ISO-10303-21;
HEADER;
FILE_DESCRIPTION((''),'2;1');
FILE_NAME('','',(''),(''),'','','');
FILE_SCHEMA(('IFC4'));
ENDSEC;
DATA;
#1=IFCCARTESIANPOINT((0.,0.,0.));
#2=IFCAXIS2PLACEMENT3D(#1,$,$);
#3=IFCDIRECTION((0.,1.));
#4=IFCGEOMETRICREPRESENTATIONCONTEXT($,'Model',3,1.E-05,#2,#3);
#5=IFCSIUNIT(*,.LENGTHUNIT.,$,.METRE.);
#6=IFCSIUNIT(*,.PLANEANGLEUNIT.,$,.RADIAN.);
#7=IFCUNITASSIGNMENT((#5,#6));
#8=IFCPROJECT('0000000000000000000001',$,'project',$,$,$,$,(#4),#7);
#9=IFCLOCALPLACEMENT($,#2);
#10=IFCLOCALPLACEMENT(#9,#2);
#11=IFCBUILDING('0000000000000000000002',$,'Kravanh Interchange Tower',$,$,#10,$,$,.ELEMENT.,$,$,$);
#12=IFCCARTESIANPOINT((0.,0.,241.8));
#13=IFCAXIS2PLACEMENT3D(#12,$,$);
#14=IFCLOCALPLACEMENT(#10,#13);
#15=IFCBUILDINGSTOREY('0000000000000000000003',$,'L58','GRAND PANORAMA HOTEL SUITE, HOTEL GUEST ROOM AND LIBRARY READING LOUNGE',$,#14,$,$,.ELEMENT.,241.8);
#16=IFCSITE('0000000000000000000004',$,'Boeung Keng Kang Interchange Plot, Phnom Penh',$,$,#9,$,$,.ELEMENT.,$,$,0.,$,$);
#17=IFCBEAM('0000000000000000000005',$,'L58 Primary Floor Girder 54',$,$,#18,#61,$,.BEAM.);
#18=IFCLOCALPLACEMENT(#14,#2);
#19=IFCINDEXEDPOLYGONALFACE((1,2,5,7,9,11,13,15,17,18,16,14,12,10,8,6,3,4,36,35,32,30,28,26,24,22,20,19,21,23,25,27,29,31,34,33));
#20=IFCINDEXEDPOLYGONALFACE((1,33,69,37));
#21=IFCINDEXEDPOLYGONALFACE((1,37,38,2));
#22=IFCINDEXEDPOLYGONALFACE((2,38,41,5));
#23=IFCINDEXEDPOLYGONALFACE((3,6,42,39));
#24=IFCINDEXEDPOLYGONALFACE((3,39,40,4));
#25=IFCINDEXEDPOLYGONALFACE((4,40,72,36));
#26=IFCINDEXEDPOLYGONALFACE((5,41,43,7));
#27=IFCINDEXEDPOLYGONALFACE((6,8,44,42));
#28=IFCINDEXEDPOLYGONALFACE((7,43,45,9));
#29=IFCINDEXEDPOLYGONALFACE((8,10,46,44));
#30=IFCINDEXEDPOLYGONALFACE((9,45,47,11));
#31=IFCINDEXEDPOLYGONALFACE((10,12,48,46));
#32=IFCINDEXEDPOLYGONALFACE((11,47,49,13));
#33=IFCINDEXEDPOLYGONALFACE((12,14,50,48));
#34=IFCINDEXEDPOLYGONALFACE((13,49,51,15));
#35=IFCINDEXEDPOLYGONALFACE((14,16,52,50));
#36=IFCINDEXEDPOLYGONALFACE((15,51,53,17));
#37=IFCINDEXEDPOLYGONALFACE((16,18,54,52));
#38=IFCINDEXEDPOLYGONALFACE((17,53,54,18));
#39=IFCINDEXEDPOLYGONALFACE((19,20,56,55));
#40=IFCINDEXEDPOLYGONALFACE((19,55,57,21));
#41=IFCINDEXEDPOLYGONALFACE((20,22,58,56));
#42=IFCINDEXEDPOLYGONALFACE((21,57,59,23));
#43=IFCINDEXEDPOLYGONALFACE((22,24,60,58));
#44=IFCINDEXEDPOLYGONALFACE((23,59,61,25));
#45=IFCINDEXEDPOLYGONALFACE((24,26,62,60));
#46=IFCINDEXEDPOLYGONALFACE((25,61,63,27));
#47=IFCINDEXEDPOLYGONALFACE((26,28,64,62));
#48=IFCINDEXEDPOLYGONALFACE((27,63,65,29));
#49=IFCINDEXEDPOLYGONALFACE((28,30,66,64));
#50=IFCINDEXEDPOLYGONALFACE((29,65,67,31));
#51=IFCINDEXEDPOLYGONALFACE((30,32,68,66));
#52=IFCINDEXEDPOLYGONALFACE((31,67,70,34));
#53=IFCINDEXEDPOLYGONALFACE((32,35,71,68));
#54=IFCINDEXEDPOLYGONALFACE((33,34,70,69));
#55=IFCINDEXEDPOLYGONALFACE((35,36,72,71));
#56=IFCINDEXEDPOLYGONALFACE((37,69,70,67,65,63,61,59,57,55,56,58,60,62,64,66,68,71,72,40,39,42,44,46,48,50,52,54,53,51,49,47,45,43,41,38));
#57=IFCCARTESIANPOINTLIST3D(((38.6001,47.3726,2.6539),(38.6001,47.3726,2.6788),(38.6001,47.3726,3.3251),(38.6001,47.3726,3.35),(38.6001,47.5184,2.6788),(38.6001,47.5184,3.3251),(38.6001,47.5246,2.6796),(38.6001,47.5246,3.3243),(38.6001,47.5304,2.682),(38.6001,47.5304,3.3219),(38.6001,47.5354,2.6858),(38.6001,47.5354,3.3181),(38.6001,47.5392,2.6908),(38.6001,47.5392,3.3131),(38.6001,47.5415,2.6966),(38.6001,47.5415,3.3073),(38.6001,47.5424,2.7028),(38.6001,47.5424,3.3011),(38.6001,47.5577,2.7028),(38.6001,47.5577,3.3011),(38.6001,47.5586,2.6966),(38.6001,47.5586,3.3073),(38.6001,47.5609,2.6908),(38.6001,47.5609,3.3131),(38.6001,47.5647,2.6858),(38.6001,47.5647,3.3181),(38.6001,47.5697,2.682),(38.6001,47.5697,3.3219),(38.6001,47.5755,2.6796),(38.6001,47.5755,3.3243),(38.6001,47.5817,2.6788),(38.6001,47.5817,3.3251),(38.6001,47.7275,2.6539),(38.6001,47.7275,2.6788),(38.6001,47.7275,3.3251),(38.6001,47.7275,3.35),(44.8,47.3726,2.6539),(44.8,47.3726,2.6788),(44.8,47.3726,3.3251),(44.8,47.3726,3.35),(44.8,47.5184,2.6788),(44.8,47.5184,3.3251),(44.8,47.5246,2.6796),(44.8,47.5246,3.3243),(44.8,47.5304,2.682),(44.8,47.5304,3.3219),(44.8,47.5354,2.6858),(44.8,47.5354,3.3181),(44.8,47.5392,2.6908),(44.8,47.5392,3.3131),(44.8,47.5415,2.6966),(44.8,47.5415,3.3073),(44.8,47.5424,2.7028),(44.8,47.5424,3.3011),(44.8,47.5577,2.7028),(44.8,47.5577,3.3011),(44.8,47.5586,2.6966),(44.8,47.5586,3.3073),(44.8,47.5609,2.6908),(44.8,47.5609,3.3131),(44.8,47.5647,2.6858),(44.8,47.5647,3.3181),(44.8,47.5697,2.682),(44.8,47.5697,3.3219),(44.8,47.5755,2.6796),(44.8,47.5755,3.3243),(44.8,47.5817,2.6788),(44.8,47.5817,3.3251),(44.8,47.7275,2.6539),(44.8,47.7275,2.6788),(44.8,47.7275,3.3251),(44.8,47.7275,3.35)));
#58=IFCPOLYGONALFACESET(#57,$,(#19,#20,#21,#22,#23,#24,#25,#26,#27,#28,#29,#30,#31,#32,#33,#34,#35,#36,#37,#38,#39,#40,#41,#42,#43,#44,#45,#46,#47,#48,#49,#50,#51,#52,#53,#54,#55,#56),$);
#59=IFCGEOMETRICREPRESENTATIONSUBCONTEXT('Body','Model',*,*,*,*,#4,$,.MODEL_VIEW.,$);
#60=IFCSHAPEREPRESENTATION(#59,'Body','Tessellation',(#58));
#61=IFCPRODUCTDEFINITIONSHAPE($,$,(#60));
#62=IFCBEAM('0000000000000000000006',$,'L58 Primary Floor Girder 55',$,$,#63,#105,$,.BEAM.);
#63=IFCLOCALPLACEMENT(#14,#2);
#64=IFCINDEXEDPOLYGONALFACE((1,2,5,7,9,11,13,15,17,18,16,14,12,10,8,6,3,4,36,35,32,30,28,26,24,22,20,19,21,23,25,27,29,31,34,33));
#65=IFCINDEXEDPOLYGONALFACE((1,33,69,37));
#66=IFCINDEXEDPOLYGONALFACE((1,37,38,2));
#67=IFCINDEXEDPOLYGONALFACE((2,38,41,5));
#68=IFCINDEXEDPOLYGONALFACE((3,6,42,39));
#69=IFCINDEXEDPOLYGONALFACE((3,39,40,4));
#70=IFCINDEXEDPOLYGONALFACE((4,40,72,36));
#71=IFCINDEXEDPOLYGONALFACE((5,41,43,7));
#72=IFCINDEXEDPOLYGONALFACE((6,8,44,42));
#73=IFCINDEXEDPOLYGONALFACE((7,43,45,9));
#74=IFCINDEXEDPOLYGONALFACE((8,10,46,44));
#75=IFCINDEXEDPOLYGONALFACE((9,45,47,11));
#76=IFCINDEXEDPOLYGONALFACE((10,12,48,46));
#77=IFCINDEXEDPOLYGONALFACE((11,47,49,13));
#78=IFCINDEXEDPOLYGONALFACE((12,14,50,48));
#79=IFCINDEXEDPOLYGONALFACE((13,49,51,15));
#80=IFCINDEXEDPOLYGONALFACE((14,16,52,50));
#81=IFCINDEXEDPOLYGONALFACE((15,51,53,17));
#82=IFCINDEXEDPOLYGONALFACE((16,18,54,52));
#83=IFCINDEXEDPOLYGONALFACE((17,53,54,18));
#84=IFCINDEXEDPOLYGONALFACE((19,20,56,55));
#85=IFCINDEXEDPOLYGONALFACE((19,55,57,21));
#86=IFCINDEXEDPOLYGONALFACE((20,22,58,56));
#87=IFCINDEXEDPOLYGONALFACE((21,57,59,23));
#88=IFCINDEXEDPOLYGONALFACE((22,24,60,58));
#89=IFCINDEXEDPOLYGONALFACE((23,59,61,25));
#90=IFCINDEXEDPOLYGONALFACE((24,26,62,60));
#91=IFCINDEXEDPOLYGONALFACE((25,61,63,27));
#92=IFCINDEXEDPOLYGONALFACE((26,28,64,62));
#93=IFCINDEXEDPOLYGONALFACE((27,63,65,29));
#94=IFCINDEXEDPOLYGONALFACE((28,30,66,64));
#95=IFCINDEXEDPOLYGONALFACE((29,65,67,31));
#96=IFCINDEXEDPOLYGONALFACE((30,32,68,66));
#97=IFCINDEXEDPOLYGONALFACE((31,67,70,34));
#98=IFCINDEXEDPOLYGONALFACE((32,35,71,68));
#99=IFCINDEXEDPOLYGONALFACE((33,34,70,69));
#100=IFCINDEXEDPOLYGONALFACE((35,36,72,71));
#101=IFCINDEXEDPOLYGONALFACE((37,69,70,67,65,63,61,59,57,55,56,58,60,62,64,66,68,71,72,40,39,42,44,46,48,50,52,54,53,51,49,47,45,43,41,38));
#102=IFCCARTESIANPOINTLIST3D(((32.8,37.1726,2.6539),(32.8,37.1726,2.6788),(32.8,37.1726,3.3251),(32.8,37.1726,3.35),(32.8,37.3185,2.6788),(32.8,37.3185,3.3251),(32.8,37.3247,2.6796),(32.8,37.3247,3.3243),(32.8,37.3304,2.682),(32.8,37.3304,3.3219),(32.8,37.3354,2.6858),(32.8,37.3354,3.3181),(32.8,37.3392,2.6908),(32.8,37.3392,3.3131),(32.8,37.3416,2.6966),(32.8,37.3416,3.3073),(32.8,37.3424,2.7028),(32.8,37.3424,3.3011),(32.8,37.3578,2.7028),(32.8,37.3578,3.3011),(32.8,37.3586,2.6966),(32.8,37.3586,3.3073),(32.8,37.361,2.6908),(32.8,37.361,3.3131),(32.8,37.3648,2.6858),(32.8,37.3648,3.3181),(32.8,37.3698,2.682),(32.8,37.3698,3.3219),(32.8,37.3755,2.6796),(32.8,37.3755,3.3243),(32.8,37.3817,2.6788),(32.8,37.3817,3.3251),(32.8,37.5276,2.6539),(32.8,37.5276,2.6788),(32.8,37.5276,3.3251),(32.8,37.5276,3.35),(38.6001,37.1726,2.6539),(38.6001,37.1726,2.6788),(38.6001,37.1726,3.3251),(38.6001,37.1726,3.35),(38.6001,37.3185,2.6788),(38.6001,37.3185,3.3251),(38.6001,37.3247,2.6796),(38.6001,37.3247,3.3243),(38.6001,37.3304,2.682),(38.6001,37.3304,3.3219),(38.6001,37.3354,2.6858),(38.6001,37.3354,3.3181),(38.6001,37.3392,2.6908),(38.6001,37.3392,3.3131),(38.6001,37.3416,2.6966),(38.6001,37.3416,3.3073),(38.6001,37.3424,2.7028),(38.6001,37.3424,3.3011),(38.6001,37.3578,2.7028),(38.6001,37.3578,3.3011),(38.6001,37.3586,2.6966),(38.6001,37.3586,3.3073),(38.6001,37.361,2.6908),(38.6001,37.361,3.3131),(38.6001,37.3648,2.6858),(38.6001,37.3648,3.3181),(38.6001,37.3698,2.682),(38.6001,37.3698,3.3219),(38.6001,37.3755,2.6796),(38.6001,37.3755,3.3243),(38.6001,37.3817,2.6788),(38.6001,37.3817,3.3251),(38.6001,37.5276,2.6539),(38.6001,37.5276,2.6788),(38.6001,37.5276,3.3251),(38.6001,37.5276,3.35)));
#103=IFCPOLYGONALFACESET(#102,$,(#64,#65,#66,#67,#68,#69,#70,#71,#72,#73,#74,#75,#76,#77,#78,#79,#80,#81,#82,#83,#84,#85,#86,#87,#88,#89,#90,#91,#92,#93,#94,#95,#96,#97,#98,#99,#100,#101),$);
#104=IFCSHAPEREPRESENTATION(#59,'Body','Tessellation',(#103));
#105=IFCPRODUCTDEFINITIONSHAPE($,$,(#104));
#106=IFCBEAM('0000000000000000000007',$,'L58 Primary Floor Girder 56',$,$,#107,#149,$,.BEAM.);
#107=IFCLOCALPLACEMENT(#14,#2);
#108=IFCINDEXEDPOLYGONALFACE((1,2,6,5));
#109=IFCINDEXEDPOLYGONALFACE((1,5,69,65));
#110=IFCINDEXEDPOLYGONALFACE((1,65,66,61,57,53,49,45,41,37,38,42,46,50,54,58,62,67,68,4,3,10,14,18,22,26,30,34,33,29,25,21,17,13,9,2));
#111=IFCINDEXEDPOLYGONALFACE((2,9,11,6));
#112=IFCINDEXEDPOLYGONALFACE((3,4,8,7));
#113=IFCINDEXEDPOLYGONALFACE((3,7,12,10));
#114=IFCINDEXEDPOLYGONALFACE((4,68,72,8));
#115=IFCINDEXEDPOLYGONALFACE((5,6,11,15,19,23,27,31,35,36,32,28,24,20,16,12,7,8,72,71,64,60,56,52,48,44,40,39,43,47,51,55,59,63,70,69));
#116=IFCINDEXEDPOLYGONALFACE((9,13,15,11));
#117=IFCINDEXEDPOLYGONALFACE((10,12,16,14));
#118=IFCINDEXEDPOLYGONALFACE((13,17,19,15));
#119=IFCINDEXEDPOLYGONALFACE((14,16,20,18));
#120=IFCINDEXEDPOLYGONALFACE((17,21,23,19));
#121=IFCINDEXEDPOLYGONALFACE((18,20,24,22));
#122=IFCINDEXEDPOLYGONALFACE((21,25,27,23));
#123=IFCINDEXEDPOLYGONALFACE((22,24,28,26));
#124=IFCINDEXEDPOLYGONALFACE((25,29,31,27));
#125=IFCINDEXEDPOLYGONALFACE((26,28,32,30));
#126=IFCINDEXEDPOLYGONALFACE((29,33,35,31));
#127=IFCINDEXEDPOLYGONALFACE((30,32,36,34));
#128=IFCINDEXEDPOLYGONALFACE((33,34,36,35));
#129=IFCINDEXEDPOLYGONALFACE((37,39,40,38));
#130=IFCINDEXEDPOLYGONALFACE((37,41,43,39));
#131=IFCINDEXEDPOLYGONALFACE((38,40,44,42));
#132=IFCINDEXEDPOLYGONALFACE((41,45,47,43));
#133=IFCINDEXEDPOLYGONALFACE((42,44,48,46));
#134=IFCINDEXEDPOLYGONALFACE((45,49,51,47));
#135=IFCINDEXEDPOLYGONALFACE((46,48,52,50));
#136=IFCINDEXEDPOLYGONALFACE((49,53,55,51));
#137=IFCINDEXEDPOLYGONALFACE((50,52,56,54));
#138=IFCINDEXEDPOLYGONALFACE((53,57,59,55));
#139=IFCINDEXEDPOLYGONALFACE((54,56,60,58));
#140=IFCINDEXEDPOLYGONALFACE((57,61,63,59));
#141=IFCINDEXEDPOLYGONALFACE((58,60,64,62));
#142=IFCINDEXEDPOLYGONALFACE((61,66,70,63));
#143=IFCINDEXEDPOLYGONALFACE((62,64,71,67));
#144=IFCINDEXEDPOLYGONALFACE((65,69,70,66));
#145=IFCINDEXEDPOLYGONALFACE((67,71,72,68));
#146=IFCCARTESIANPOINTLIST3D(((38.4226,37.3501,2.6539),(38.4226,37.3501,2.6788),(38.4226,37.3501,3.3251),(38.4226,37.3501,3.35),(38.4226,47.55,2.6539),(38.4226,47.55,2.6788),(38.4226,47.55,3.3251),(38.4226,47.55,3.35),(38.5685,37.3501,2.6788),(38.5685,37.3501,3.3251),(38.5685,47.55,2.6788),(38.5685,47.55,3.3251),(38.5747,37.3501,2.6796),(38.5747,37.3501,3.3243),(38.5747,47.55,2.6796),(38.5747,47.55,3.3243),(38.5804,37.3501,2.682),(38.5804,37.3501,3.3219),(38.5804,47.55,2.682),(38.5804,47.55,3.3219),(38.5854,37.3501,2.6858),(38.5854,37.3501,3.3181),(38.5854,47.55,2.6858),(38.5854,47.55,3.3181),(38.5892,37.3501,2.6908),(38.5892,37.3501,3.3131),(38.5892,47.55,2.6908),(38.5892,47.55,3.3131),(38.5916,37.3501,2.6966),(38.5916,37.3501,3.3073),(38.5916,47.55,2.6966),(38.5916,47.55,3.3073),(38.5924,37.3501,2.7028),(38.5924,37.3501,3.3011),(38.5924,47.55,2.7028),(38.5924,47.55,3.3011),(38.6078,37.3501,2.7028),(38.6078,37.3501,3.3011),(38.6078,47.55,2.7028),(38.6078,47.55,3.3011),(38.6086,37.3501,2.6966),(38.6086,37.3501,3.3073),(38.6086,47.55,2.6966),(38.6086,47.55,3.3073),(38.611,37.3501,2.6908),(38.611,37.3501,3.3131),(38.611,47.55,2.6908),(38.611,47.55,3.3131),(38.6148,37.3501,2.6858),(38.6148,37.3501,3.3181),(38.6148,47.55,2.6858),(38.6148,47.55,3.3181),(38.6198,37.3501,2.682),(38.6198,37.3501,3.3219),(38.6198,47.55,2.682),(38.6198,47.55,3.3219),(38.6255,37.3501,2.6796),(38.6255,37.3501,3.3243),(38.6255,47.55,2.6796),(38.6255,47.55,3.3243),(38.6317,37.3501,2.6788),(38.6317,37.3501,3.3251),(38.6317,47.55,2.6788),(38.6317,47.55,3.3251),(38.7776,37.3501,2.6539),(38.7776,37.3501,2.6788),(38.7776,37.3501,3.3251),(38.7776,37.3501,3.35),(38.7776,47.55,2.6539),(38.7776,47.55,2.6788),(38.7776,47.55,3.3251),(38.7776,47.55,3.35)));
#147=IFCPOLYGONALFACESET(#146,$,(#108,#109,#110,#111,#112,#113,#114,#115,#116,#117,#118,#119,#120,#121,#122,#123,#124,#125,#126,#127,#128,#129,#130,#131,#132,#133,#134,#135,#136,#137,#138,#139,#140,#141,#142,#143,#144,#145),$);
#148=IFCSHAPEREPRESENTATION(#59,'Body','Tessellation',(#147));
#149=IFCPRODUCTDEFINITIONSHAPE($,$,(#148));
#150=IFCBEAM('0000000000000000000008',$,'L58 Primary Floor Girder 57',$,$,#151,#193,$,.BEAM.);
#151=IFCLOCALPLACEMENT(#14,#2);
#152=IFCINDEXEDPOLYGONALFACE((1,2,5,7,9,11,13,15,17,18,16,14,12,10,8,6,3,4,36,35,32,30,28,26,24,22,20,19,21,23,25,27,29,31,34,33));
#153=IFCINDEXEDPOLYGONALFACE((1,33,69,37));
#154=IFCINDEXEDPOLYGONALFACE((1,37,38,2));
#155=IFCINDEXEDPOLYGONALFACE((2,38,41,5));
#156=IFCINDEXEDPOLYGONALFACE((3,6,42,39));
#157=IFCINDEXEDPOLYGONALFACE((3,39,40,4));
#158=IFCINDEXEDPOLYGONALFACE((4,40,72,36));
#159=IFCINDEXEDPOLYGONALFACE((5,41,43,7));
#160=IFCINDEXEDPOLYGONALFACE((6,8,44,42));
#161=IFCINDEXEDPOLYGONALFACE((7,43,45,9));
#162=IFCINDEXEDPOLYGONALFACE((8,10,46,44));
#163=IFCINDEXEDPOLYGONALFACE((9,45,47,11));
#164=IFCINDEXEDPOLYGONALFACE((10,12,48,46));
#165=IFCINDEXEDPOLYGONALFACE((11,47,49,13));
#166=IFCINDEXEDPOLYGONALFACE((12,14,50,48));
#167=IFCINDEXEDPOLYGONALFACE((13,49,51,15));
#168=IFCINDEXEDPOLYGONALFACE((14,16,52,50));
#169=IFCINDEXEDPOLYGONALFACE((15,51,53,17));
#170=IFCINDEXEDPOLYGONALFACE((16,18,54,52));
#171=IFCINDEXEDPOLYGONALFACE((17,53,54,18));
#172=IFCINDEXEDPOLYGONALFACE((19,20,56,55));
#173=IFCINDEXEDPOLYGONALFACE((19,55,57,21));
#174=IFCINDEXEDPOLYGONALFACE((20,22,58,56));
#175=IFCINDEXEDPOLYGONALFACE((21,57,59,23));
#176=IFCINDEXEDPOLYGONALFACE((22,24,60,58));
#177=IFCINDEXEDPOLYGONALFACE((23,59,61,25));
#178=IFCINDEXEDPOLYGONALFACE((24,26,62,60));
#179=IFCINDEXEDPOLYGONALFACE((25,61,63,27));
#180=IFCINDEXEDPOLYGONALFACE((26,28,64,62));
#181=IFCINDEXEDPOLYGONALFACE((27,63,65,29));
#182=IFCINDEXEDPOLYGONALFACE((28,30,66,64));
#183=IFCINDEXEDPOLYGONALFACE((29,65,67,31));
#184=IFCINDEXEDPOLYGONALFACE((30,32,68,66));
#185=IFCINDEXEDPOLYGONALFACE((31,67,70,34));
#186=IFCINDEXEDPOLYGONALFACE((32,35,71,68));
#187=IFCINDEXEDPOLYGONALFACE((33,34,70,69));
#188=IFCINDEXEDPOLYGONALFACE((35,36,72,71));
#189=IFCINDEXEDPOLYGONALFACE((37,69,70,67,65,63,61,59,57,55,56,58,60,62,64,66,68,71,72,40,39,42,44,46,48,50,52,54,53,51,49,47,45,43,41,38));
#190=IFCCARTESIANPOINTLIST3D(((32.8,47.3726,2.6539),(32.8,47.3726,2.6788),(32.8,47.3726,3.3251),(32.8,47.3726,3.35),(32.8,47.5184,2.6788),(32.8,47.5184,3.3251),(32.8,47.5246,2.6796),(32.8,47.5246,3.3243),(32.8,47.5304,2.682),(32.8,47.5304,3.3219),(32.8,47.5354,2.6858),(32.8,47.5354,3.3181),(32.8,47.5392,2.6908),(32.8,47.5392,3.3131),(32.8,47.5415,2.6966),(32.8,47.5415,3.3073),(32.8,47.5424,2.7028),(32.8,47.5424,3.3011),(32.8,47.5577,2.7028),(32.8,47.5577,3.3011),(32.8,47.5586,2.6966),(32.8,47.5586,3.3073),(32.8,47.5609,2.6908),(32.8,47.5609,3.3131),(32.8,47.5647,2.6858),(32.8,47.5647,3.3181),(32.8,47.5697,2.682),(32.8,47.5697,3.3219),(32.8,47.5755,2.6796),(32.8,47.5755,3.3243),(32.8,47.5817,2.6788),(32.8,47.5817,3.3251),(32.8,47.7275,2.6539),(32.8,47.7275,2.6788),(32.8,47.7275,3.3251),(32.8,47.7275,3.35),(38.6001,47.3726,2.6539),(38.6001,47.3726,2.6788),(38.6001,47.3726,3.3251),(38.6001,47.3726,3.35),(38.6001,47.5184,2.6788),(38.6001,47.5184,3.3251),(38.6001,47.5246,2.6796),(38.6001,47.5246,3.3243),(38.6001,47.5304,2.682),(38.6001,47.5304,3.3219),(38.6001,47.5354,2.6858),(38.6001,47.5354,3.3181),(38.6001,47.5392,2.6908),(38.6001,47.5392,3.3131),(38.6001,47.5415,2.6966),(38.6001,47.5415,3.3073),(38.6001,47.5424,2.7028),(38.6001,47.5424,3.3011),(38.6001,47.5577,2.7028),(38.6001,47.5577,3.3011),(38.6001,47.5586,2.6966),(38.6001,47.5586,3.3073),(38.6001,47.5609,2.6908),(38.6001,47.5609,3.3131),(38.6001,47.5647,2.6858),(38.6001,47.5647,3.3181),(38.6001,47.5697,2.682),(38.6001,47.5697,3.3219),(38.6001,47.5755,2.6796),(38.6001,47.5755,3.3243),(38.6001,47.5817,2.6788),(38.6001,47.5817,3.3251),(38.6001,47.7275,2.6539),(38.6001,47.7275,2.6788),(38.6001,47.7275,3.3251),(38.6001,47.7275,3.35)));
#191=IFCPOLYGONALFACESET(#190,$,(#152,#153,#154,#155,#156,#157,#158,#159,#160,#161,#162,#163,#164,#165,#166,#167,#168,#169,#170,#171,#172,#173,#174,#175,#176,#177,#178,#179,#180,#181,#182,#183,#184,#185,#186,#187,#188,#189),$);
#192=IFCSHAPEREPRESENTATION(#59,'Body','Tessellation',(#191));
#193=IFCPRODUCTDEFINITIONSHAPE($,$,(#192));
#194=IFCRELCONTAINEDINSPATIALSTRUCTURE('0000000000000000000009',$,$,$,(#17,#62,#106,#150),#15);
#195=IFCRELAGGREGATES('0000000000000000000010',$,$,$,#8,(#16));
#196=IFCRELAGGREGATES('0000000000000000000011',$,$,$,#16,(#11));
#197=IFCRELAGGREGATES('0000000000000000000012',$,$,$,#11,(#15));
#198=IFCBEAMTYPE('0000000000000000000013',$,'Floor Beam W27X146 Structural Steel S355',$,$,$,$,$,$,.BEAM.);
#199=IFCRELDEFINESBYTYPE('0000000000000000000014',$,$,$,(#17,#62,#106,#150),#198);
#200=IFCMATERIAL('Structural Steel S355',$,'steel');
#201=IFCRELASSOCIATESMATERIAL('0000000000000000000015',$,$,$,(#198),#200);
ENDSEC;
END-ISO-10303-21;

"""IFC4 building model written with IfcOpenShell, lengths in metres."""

from ifc_helpers import new_model, si_unit, direction, frame, origin, origin_2d, place, context, subcontext, project, spatial, i_section, extrude, material, material_profile, profile_set, type_object, element, save


model = new_model("IFC4")

# Units and contexts
model_context = context("Model", 3, precision=1e-05, world=origin(), true_north=direction((0.0, 1.0)))
body_context = subcontext(model_context, "Body", "Model", "MODEL_VIEW")
ifc_project = project(units=[si_unit("LENGTHUNIT", "METRE"), si_unit("PLANEANGLEUNIT", "RADIAN")], contexts=[model_context])

# Site, building, storey
site_placement = place(None, origin())
site = spatial("IfcSite", under=ifc_project, at=site_placement, Name="Boeung Keng Kang Interchange Plot, Phnom Penh", CompositionType="ELEMENT", RefElevation=0.0)
building_placement = place(site_placement, origin())
building = spatial("IfcBuilding", under=site, at=building_placement, Name="Kravanh Interchange Tower", CompositionType="ELEMENT")
storey_placement = place(building_placement, frame((0.0, 0.0, 241.8)))
storey = spatial("IfcBuildingStorey", under=building, at=storey_placement, Name="L58", Description="GRAND PANORAMA HOTEL SUITE, HOTEL GUEST ROOM AND LIBRARY READING LOUNGE", CompositionType="ELEMENT", Elevation=241.8)

# Beams
ifc_material_1 = material(Name="Structural Steel S355", Category="steel")
ifc_material_profile_1 = material_profile(ifc_material_1, i_section(OverallWidth=0.355, OverallDepth=0.696, WebThickness=0.0154, FlangeThickness=0.0249, FilletRadius=0.0239, at=origin_2d()), Name="W27X146")
ifc_profile_set_1 = profile_set([ifc_material_profile_1], Name="Structural Steel S355")
beam_type_1 = type_object("IfcBeamType", Name="Floor Beam W27X146 Structural Steel S355", PredefinedType="BEAM", material=ifc_profile_set_1)
beam_1_placement = place(storey_placement, frame((44.8, 47.55, 3.002), z_axis=(-1.0, 0.0, 0.0), x_axis=(0.0, -1.0, 0.0)))
element("IfcBeam", 1, at=beam_1_placement, inside=storey, type_object=beam_type_1, Name="L58 Primary Floor Girder 54", PredefinedType="BEAM", context=body_context, shape_type="SweptSolid", body=[
    extrude(i_section(OverallWidth=0.355, OverallDepth=0.696, WebThickness=0.0154, FlangeThickness=0.0249, FilletRadius=0.0239, at=origin_2d()), origin(), (0.0, 0.0, 1.0), 6.2),
])
beam_2_placement = place(storey_placement, frame((38.6001, 37.3501, 3.002), z_axis=(-1.0, 0.0, 0.0), x_axis=(0.0, -1.0, 0.0)))
element("IfcBeam", 2, at=beam_2_placement, inside=storey, type_object=beam_type_1, Name="L58 Primary Floor Girder 55", PredefinedType="BEAM", context=body_context, shape_type="SweptSolid", body=[
    extrude(i_section(OverallWidth=0.355, OverallDepth=0.696, WebThickness=0.0154, FlangeThickness=0.0249, FilletRadius=0.0239, at=origin_2d()), origin(), (0.0, 0.0, 1.0), 5.8),
])
beam_3_placement = place(storey_placement, frame((38.6001, 37.3501, 3.002), z_axis=(0.0, 1.0, 0.0), x_axis=(-1.0, 0.0, 0.0)))
element("IfcBeam", 3, at=beam_3_placement, inside=storey, type_object=beam_type_1, Name="L58 Primary Floor Girder 56", PredefinedType="BEAM", context=body_context, shape_type="SweptSolid", body=[
    extrude(i_section(OverallWidth=0.355, OverallDepth=0.696, WebThickness=0.0154, FlangeThickness=0.0249, FilletRadius=0.0239, at=origin_2d()), origin(), (0.0, 0.0, 1.0), 10.2),
])
beam_4_placement = place(storey_placement, frame((38.6001, 47.55, 3.002), z_axis=(-1.0, 0.0, 0.0), x_axis=(0.0, -1.0, 0.0)))
element("IfcBeam", 4, at=beam_4_placement, inside=storey, type_object=beam_type_1, Name="L58 Primary Floor Girder 57", PredefinedType="BEAM", context=body_context, shape_type="SweptSolid", body=[
    extrude(i_section(OverallWidth=0.355, OverallDepth=0.696, WebThickness=0.0154, FlangeThickness=0.0249, FilletRadius=0.0239, at=origin_2d()), origin(), (0.0, 0.0, 1.0), 5.8),
])

save(model, "model.ifc")
